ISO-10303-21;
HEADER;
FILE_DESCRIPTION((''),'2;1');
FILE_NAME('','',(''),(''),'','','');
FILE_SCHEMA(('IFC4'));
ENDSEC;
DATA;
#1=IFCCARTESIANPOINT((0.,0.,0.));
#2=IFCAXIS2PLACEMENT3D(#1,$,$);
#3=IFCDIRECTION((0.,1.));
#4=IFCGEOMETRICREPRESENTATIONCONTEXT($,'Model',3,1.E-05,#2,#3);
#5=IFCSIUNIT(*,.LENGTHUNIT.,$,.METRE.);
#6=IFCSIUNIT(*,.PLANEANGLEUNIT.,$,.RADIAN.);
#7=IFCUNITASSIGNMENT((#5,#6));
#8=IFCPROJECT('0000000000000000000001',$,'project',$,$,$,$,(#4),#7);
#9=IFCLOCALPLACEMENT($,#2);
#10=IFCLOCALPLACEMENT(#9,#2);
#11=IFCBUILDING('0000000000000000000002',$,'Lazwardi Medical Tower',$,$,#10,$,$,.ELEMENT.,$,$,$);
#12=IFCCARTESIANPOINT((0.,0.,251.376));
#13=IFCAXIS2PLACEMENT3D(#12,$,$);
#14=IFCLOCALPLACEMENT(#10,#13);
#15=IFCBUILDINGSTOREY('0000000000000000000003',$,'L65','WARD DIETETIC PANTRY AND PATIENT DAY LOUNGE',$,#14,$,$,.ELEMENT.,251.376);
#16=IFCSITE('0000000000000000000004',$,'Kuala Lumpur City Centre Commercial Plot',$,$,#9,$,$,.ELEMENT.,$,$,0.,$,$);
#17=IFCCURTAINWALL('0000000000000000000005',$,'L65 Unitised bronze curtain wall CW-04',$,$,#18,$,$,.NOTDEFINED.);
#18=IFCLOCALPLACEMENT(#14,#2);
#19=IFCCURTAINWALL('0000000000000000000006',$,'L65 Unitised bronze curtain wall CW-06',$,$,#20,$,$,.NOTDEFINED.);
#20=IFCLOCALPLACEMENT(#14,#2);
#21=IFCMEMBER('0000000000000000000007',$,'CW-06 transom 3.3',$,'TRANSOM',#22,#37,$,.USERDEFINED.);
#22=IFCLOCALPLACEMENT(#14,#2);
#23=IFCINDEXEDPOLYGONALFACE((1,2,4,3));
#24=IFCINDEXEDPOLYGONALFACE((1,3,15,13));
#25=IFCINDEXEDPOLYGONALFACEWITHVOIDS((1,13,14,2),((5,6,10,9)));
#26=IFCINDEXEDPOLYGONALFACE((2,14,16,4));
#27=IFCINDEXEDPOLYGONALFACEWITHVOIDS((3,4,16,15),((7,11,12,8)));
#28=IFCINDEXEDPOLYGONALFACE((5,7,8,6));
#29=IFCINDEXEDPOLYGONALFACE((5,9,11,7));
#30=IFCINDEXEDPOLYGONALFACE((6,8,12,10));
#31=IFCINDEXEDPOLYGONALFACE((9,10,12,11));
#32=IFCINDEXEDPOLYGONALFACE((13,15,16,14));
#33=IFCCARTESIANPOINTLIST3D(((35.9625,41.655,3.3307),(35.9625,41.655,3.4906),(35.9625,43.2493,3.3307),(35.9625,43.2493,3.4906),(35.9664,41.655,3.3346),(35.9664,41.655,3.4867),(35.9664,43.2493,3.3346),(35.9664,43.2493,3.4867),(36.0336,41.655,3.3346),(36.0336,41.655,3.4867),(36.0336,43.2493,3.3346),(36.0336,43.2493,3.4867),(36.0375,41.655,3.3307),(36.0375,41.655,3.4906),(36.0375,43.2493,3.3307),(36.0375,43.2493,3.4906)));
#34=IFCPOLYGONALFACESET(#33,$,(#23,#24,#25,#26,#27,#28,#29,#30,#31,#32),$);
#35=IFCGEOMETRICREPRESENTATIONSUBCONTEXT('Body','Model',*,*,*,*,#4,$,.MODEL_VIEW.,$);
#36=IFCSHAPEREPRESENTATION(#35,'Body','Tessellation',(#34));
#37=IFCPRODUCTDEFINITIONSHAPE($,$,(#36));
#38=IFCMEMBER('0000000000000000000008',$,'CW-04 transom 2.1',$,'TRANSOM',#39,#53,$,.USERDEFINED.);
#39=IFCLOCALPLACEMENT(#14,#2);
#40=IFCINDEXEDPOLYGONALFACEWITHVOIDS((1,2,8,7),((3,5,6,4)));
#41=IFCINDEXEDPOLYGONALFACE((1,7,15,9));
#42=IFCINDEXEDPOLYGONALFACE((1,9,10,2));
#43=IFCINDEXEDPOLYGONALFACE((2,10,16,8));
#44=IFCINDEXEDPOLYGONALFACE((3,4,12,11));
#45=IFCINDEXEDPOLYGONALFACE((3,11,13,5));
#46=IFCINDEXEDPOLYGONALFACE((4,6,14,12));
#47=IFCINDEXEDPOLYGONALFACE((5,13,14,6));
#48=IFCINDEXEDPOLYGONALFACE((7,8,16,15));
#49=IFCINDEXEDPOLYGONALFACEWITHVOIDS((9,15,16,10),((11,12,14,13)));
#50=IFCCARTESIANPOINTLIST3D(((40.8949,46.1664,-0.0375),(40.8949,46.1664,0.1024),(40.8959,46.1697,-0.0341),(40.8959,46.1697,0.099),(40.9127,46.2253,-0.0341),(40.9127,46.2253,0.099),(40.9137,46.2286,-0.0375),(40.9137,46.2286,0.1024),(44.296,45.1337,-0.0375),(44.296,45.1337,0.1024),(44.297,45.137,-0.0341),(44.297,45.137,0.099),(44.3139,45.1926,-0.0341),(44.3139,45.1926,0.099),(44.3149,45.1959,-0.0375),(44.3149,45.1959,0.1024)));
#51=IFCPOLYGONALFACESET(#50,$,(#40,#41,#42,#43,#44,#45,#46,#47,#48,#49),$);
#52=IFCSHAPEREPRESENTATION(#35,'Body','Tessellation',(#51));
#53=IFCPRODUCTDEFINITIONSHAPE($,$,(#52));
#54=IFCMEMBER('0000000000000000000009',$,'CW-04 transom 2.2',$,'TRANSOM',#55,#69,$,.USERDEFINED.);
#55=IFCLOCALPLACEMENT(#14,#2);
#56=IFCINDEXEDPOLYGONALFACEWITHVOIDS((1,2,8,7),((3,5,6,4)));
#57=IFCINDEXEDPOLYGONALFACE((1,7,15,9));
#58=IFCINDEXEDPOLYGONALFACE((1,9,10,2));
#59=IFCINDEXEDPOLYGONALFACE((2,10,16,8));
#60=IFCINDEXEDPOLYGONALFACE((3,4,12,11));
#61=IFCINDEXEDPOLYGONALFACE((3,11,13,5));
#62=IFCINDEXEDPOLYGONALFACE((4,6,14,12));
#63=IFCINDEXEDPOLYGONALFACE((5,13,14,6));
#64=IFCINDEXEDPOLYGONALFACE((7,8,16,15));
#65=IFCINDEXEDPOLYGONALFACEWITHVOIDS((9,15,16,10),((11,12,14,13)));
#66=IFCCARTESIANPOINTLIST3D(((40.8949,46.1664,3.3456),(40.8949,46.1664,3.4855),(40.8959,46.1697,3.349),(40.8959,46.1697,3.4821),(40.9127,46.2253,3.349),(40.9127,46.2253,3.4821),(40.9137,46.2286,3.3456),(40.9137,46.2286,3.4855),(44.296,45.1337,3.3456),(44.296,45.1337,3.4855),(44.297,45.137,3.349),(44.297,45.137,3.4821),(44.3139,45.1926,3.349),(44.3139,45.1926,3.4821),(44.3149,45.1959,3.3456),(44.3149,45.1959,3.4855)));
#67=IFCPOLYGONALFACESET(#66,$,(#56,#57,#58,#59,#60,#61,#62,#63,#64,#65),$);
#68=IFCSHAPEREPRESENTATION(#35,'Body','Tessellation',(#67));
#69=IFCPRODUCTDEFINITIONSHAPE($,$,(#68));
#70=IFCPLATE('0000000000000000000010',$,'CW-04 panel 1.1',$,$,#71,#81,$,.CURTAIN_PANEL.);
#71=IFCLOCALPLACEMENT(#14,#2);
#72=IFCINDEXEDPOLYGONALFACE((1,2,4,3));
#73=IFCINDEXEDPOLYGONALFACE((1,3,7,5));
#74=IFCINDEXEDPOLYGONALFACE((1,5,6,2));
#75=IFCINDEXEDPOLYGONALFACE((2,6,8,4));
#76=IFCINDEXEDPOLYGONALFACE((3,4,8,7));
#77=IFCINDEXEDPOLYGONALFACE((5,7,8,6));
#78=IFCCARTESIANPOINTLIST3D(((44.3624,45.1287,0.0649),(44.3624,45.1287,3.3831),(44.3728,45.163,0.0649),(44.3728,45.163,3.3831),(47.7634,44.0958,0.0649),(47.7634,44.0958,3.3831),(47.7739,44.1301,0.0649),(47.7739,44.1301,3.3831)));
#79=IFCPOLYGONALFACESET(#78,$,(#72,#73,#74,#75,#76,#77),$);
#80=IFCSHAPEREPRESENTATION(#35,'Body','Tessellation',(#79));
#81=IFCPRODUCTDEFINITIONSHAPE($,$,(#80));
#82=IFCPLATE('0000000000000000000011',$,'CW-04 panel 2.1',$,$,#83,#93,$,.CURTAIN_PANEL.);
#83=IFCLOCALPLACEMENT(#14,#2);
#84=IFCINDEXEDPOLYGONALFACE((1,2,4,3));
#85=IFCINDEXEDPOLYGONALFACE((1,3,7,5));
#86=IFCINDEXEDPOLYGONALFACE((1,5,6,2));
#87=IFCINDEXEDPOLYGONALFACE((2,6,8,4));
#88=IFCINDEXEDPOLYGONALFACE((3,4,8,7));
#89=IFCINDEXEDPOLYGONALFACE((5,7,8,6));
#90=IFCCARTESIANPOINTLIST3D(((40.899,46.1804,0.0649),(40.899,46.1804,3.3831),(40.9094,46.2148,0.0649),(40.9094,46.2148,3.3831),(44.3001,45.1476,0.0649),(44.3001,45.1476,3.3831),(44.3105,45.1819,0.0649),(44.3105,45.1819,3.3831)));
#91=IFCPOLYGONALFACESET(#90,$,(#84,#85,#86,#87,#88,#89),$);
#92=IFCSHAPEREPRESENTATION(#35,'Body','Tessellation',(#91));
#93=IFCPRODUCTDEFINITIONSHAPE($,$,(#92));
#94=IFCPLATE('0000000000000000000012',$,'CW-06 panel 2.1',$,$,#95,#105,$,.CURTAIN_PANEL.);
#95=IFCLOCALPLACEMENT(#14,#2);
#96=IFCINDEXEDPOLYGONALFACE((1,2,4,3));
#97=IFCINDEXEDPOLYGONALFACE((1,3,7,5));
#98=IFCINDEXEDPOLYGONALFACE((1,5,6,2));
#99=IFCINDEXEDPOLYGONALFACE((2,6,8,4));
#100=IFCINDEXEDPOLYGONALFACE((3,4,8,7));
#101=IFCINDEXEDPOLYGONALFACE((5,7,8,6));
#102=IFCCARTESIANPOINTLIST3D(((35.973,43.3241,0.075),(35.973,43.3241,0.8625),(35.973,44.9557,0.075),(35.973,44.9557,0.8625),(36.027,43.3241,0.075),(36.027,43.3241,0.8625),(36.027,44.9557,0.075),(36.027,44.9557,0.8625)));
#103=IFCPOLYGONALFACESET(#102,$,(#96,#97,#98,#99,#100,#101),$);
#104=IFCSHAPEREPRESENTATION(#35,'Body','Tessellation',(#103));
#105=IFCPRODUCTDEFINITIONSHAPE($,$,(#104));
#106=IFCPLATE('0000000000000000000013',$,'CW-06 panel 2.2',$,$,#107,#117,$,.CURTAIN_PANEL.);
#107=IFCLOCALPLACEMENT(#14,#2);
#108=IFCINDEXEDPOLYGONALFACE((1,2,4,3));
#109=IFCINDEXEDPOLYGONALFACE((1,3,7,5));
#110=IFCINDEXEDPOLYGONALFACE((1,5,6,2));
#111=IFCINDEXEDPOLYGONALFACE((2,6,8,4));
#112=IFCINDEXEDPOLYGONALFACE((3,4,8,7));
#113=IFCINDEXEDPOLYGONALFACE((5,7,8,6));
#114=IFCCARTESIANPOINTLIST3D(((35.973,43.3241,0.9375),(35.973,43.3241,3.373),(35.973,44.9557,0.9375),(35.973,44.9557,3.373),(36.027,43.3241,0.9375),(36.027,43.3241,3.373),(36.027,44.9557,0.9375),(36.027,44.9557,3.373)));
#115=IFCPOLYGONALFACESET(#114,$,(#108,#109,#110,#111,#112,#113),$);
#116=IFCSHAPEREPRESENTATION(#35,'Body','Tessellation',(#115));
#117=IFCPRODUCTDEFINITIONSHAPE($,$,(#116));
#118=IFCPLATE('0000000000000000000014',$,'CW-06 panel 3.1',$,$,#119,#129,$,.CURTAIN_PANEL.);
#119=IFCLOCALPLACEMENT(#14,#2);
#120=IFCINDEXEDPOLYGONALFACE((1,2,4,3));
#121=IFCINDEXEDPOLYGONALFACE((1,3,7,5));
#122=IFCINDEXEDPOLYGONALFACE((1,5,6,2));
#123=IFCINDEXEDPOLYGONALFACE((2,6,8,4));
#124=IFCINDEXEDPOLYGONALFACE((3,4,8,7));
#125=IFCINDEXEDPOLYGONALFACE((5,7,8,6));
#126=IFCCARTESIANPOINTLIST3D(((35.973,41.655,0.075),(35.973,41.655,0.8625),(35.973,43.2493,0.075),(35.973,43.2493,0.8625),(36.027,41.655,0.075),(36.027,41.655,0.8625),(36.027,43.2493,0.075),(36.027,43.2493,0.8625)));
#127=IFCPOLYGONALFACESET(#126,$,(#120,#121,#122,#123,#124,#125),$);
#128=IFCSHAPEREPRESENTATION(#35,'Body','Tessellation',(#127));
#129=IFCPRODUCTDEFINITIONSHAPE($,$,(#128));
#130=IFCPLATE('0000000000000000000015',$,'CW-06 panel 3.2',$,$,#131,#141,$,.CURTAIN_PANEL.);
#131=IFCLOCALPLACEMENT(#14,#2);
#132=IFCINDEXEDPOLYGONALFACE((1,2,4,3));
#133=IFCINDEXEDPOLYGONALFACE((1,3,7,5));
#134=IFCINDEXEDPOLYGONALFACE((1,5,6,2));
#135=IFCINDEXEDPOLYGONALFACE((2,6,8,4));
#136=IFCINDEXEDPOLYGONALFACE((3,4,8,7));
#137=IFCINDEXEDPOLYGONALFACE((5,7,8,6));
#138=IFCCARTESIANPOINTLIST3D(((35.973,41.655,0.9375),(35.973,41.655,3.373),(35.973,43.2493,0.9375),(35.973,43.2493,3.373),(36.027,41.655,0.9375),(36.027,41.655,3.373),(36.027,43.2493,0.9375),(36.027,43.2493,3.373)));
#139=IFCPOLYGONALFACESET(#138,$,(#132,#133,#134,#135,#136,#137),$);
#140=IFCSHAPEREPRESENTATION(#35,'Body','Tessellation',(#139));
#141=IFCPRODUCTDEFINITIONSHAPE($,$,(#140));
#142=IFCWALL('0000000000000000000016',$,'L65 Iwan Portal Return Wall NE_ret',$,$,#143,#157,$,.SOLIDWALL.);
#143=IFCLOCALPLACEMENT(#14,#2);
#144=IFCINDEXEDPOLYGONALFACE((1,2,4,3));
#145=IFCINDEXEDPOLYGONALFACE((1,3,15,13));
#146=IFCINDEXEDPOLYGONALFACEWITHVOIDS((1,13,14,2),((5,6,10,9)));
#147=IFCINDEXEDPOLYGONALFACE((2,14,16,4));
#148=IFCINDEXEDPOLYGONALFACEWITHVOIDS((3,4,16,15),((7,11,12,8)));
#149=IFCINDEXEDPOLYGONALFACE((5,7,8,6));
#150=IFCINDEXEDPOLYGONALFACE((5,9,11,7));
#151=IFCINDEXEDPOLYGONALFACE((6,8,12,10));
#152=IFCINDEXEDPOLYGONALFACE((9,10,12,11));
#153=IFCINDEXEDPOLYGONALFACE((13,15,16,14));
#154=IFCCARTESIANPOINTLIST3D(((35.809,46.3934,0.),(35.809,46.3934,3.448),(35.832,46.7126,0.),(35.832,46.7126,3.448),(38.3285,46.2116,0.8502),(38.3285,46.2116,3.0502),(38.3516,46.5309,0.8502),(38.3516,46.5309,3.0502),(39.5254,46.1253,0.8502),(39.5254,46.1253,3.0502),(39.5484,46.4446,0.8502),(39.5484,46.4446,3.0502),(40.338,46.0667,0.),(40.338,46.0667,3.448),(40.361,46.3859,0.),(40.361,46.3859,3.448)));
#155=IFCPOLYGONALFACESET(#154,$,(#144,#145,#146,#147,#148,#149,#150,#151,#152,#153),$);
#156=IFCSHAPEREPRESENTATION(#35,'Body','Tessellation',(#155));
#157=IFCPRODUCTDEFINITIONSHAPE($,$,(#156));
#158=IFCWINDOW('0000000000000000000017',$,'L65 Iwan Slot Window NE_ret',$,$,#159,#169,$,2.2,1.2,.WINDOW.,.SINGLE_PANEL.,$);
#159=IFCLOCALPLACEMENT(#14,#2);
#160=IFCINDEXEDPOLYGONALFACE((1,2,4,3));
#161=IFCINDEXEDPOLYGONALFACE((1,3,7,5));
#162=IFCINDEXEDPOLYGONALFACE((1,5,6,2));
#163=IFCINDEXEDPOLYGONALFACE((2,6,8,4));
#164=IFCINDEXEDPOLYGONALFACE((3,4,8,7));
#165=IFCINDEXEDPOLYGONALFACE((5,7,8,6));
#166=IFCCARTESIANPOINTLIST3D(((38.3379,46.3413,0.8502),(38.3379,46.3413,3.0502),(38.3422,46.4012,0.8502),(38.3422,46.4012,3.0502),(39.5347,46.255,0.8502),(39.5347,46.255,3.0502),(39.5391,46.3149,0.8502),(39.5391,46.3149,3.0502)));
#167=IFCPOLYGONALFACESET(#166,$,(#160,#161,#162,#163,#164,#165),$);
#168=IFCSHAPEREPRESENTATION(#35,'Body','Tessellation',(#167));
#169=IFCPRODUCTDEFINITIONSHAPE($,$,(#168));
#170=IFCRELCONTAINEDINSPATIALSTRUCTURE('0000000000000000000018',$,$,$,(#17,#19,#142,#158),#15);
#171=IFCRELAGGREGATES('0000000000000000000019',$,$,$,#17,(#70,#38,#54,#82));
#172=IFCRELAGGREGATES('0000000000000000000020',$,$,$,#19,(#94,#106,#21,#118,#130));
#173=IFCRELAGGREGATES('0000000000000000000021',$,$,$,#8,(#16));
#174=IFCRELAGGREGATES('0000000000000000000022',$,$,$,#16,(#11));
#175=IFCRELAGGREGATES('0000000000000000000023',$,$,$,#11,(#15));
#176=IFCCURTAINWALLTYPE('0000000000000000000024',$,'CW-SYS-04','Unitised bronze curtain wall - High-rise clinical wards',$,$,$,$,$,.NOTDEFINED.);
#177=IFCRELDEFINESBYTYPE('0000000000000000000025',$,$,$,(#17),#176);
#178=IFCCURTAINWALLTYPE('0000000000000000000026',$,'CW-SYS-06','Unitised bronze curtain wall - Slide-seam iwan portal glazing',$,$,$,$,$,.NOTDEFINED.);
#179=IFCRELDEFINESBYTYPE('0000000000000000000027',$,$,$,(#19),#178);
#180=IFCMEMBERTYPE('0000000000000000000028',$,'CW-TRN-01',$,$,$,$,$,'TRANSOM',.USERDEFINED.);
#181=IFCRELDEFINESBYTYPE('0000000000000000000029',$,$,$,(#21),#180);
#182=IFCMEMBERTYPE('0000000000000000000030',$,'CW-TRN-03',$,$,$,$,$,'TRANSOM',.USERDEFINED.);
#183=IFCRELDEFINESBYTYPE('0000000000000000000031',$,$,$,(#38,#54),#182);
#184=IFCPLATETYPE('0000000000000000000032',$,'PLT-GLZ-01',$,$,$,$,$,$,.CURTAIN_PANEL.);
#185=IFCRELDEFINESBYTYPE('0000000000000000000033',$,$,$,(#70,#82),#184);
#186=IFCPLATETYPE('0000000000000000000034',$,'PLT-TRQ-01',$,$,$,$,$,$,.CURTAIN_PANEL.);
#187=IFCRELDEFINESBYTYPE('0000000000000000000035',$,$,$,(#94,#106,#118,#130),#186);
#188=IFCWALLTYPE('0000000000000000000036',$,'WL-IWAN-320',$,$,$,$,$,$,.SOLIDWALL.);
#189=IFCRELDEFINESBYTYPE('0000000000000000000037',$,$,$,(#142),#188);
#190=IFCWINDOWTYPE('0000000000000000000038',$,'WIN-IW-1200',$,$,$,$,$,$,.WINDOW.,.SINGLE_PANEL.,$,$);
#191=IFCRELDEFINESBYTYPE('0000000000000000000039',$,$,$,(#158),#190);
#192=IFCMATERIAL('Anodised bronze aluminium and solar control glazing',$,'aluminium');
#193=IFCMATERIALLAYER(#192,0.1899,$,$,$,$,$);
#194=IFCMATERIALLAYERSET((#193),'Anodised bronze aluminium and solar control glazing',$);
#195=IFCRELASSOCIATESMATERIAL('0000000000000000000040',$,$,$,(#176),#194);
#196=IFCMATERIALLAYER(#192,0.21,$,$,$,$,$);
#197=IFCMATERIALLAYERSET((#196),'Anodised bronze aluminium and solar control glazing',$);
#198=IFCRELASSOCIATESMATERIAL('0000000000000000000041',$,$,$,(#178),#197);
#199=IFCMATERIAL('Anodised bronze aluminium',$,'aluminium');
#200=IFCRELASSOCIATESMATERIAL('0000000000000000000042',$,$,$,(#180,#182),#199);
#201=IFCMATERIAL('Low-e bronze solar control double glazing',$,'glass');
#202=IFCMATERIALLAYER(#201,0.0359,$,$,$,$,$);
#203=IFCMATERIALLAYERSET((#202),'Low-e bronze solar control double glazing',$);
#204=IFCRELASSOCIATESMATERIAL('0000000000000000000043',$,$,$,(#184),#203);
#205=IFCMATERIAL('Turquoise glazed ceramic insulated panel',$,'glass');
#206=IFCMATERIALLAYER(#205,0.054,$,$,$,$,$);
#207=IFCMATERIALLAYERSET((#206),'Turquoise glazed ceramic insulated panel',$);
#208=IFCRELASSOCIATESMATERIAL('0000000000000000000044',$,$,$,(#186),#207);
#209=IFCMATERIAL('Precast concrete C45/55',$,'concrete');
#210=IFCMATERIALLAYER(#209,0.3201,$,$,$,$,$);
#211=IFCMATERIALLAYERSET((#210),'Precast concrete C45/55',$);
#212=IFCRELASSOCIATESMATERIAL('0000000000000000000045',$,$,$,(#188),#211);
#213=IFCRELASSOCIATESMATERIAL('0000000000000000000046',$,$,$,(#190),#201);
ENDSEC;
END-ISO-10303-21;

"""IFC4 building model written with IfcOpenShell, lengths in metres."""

from ifc_helpers import new_model, si_unit, direction, frame, frame_2d, origin, origin_2d, place, context, subcontext, project, spatial, rectangle, hollow_rectangle, extrude, material, layer, layer_set, material_profile, profile_set, type_object, element, fill, aggregate, save


model = new_model("IFC4")

# Units and contexts
model_context = context("Model", 3, precision=1e-05, world=origin(), true_north=direction((0.0, 1.0)))
body_context = subcontext(model_context, "Body", "Model", "MODEL_VIEW")
ifc_project = project(units=[si_unit("LENGTHUNIT", "METRE"), si_unit("PLANEANGLEUNIT", "RADIAN")], contexts=[model_context])

# Site, building, storey
site_placement = place(None, origin())
site = spatial("IfcSite", under=ifc_project, at=site_placement, Name="Kuala Lumpur City Centre Commercial Plot", CompositionType="ELEMENT", RefElevation=0.0)
building_placement = place(site_placement, origin())
building = spatial("IfcBuilding", under=site, at=building_placement, Name="Lazwardi Medical Tower", CompositionType="ELEMENT")
storey_placement = place(building_placement, frame((0.0, 0.0, 251.376)))
storey = spatial("IfcBuildingStorey", under=building, at=storey_placement, Name="L65", Description="WARD DIETETIC PANTRY AND PATIENT DAY LOUNGE", CompositionType="ELEMENT", Elevation=251.376)

# Curtain walls, member
ifc_material_1 = material(Name="Anodised bronze aluminium and solar control glazing", Category="aluminium")
ifc_layer_1 = layer(ifc_material_1, 0.1899)
ifc_layer_set_1 = layer_set([ifc_layer_1], Name="Anodised bronze aluminium and solar control glazing")
curtain_wall_type_1 = type_object("IfcCurtainWallType", Name="CW-SYS-04", Description="Unitised bronze curtain wall - High-rise clinical wards", PredefinedType="NOTDEFINED", material=ifc_layer_set_1)
curtain_wall_1_placement = place(storey_placement, origin())
curtain_wall_1 = element("IfcCurtainWall", 1, at=curtain_wall_1_placement, inside=storey, type_object=curtain_wall_type_1, Name="L65 Unitised bronze curtain wall CW-04", PredefinedType="NOTDEFINED")
ifc_material_2 = material(Name="Anodised bronze aluminium", Category="aluminium")
ifc_layer_2 = layer(ifc_material_1, 0.21)
ifc_layer_set_2 = layer_set([ifc_layer_2], Name="Anodised bronze aluminium and solar control glazing")
curtain_wall_type_2 = type_object("IfcCurtainWallType", Name="CW-SYS-06", Description="Unitised bronze curtain wall - Slide-seam iwan portal glazing", PredefinedType="NOTDEFINED", material=ifc_layer_set_2)
curtain_wall_2_placement = place(storey_placement, origin())
curtain_wall_2 = element("IfcCurtainWall", 2, at=curtain_wall_2_placement, inside=storey, type_object=curtain_wall_type_2, Name="L65 Unitised bronze curtain wall CW-06", PredefinedType="NOTDEFINED")
ifc_material_profile_1 = material_profile(ifc_material_2, hollow_rectangle(XDim=0.075, YDim=0.1599, WallThickness=0.0039, at=origin_2d()), Name="ALU-TRANSOM 160x75x4")
ifc_profile_set_1 = profile_set([ifc_material_profile_1], Name="Anodised bronze aluminium")
member_type_1 = type_object("IfcMemberType", Name="CW-TRN-01", ElementType="TRANSOM", PredefinedType="USERDEFINED", material=ifc_profile_set_1)
member_1_placement = place(storey_placement, frame((36.0, 43.2493, 3.4106), z_axis=(0.0, -1.0, 0.0), x_axis=(1.0, 0.0, 0.0)))
member_1 = element("IfcMember", 3, at=member_1_placement, type_object=member_type_1, Name="CW-06 transom 3.3", ObjectType="TRANSOM", PredefinedType="USERDEFINED", context=body_context, shape_type="SweptSolid", body=[
    extrude(hollow_rectangle(XDim=0.075, YDim=0.1599, WallThickness=0.0039, at=origin_2d()), origin(), (0.0, 0.0, 1.0), 1.5942),
])

# Members
ifc_material_profile_2 = material_profile(ifc_material_2, hollow_rectangle(XDim=0.0649, YDim=0.1399, WallThickness=0.0034, at=origin_2d()), Name="ALU-TRANSOM 140x65x3.5")
ifc_profile_set_2 = profile_set([ifc_material_profile_2], Name="Anodised bronze aluminium")
member_type_2 = type_object("IfcMemberType", Name="CW-TRN-03", ElementType="TRANSOM", PredefinedType="USERDEFINED", material=ifc_profile_set_2)
member_2_placement = place(storey_placement, frame((44.3054, 45.1648, 0.0325), z_axis=(-0.956863, 0.290541, 0.0), x_axis=(-0.290541, -0.956863, 0.0)))
member_2 = element("IfcMember", 4, at=member_2_placement, type_object=member_type_2, Name="CW-04 transom 2.1", ObjectType="TRANSOM", PredefinedType="USERDEFINED", context=body_context, shape_type="SweptSolid", body=[
    extrude(hollow_rectangle(XDim=0.0649, YDim=0.1399, WallThickness=0.0034, at=origin_2d()), origin(), (0.0, 0.0, 1.0), 3.5544),
])
member_3_placement = place(storey_placement, frame((44.3054, 45.1648, 3.4155), z_axis=(-0.956863, 0.290541, 0.0), x_axis=(-0.290541, -0.956863, 0.0)))
member_3 = element("IfcMember", 5, at=member_3_placement, type_object=member_type_2, Name="CW-04 transom 2.2", ObjectType="TRANSOM", PredefinedType="USERDEFINED", context=body_context, shape_type="SweptSolid", body=[
    extrude(hollow_rectangle(XDim=0.0649, YDim=0.1399, WallThickness=0.0034, at=origin_2d()), origin(), (0.0, 0.0, 1.0), 3.5544),
])

# Plates
ifc_material_3 = material(Name="Low-e bronze solar control double glazing", Category="glass")
ifc_layer_3 = layer(ifc_material_3, 0.0359)
ifc_layer_set_3 = layer_set([ifc_layer_3], Name="Low-e bronze solar control double glazing")
plate_type_1 = type_object("IfcPlateType", Name="PLT-GLZ-01", PredefinedType="CURTAIN_PANEL", material=ifc_layer_set_3)
plate_1_placement = place(storey_placement, frame((46.0681, 44.6294, 0.0649), z_axis=(0.0, 0.0, 1.0), x_axis=(-0.95685, 0.290582, 0.0)))
plate_1 = element("IfcPlate", 6, at=plate_1_placement, type_object=plate_type_1, Name="CW-04 panel 1.1", PredefinedType="CURTAIN_PANEL", context=body_context, shape_type="SweptSolid", body=[
    extrude(rectangle(XDim=3.5544, YDim=0.0359, at=origin_2d()), origin(), (0.0, 0.0, 1.0), 3.3181),
])
plate_2_placement = place(storey_placement, frame((42.6047, 45.6812, 0.0649), z_axis=(0.0, 0.0, 1.0), x_axis=(-0.95685, 0.290582, 0.0)))
plate_2 = element("IfcPlate", 7, at=plate_2_placement, type_object=plate_type_1, Name="CW-04 panel 2.1", PredefinedType="CURTAIN_PANEL", context=body_context, shape_type="SweptSolid", body=[
    extrude(rectangle(XDim=3.5544, YDim=0.0359, at=origin_2d()), origin(), (0.0, 0.0, 1.0), 3.3181),
])
aggregate(curtain_wall_1, [plate_1, member_2, member_3, plate_2])
ifc_material_4 = material(Name="Turquoise glazed ceramic insulated panel", Category="glass")
ifc_layer_4 = layer(ifc_material_4, 0.054)
ifc_layer_set_4 = layer_set([ifc_layer_4], Name="Turquoise glazed ceramic insulated panel")
plate_type_2 = type_object("IfcPlateType", Name="PLT-TRQ-01", PredefinedType="CURTAIN_PANEL", material=ifc_layer_set_4)
plate_3_placement = place(storey_placement, frame((36.0, 44.1399, 0.075), z_axis=(0.0, 0.0, 1.0), x_axis=(0.0, -1.0, 0.0)))
plate_3 = element("IfcPlate", 8, at=plate_3_placement, type_object=plate_type_2, Name="CW-06 panel 2.1", PredefinedType="CURTAIN_PANEL", context=body_context, shape_type="SweptSolid", body=[
    extrude(rectangle(XDim=1.6316, YDim=0.054, at=origin_2d()), origin(), (0.0, 0.0, 1.0), 0.7876),
])
plate_4_placement = place(storey_placement, frame((36.0, 44.1399, 0.9375), z_axis=(0.0, 0.0, 1.0), x_axis=(0.0, -1.0, 0.0)))
plate_4 = element("IfcPlate", 9, at=plate_4_placement, type_object=plate_type_2, Name="CW-06 panel 2.2", PredefinedType="CURTAIN_PANEL", context=body_context, shape_type="SweptSolid", body=[
    extrude(rectangle(XDim=1.6316, YDim=0.054, at=origin_2d()), origin(), (0.0, 0.0, 1.0), 2.4355),
])
plate_5_placement = place(storey_placement, frame((36.0, 42.4521, 0.075), z_axis=(0.0, 0.0, 1.0), x_axis=(0.0, -1.0, 0.0)))
plate_5 = element("IfcPlate", 10, at=plate_5_placement, type_object=plate_type_2, Name="CW-06 panel 3.1", PredefinedType="CURTAIN_PANEL", context=body_context, shape_type="SweptSolid", body=[
    extrude(rectangle(XDim=1.5942, YDim=0.054, at=origin_2d()), origin(), (0.0, 0.0, 1.0), 0.7876),
])
plate_6_placement = place(storey_placement, frame((36.0, 42.4521, 0.9375), z_axis=(0.0, 0.0, 1.0), x_axis=(0.0, -1.0, 0.0)))
plate_6 = element("IfcPlate", 11, at=plate_6_placement, type_object=plate_type_2, Name="CW-06 panel 3.2", PredefinedType="CURTAIN_PANEL", context=body_context, shape_type="SweptSolid", body=[
    extrude(rectangle(XDim=1.5942, YDim=0.054, at=origin_2d()), origin(), (0.0, 0.0, 1.0), 2.4355),
])
aggregate(curtain_wall_2, [plate_3, plate_4, member_1, plate_5, plate_6])

# Wall, opening, window
ifc_material_5 = material(Name="Precast concrete C45/55", Category="concrete")
ifc_layer_5 = layer(ifc_material_5, 0.3201)
ifc_layer_set_5 = layer_set([ifc_layer_5], Name="Precast concrete C45/55")
wall_type = type_object("IfcWallType", Name="WL-IWAN-320", PredefinedType="SOLIDWALL", material=ifc_layer_set_5)
wall_1_placement = place(storey_placement, frame((40.3496, 46.2263, 0.0), z_axis=(0.0, 0.0, 1.0), x_axis=(-0.997409, 0.071939, 0.0)))
wall_1 = element("IfcWall", 12, at=wall_1_placement, inside=storey, type_object=wall_type, Name="L65 Iwan Portal Return Wall NE_ret", PredefinedType="SOLIDWALL", context=body_context, shape_type="SweptSolid", body=[
    extrude(rectangle(XDim=4.5408, YDim=0.3201, at=frame_2d((2.2705, 0.0))), origin(), (0.0, 0.0, 1.0), 3.448),
])
opening_1_placement = place(wall_1_placement, frame((0.8147, 0.0, 0.8501)))
opening_1 = element("IfcOpeningElement", 13, at=opening_1_placement, cuts=wall_1, PredefinedType="OPENING", context=body_context, shape_type="SweptSolid", body=[
    extrude(rectangle(XDim=1.2, YDim=2.2, at=frame_2d((0.6001, 1.1001))), frame((0.0, 0.1699, 0.0), z_axis=(0.0, -1.0, 0.0), x_axis=(1.0, 0.0, 0.0)), (0.0, 0.0, 1.0), 0.3401),
])
window_type_1 = type_object("IfcWindowType", Name="WIN-IW-1200", PartitioningType="SINGLE_PANEL", PredefinedType="WINDOW", material=ifc_material_3)
window_1_placement = place(opening_1_placement, origin())
window_1 = element("IfcWindow", 14, at=window_1_placement, inside=storey, type_object=window_type_1, Name="L65 Iwan Slot Window NE_ret", OverallHeight=2.2, OverallWidth=1.2, PartitioningType="SINGLE_PANEL", PredefinedType="WINDOW", context=body_context, shape_type="SweptSolid", body=[
    extrude(rectangle(XDim=1.2, YDim=2.2, at=frame_2d((0.6001, 1.1001))), frame((0.0, 0.03, 0.0), z_axis=(0.0, -1.0, 0.0), x_axis=(1.0, 0.0, 0.0)), (0.0, 0.0, 1.0), 0.0601),
])
fill(opening_1, window_1)

save(model, "model.ifc")
